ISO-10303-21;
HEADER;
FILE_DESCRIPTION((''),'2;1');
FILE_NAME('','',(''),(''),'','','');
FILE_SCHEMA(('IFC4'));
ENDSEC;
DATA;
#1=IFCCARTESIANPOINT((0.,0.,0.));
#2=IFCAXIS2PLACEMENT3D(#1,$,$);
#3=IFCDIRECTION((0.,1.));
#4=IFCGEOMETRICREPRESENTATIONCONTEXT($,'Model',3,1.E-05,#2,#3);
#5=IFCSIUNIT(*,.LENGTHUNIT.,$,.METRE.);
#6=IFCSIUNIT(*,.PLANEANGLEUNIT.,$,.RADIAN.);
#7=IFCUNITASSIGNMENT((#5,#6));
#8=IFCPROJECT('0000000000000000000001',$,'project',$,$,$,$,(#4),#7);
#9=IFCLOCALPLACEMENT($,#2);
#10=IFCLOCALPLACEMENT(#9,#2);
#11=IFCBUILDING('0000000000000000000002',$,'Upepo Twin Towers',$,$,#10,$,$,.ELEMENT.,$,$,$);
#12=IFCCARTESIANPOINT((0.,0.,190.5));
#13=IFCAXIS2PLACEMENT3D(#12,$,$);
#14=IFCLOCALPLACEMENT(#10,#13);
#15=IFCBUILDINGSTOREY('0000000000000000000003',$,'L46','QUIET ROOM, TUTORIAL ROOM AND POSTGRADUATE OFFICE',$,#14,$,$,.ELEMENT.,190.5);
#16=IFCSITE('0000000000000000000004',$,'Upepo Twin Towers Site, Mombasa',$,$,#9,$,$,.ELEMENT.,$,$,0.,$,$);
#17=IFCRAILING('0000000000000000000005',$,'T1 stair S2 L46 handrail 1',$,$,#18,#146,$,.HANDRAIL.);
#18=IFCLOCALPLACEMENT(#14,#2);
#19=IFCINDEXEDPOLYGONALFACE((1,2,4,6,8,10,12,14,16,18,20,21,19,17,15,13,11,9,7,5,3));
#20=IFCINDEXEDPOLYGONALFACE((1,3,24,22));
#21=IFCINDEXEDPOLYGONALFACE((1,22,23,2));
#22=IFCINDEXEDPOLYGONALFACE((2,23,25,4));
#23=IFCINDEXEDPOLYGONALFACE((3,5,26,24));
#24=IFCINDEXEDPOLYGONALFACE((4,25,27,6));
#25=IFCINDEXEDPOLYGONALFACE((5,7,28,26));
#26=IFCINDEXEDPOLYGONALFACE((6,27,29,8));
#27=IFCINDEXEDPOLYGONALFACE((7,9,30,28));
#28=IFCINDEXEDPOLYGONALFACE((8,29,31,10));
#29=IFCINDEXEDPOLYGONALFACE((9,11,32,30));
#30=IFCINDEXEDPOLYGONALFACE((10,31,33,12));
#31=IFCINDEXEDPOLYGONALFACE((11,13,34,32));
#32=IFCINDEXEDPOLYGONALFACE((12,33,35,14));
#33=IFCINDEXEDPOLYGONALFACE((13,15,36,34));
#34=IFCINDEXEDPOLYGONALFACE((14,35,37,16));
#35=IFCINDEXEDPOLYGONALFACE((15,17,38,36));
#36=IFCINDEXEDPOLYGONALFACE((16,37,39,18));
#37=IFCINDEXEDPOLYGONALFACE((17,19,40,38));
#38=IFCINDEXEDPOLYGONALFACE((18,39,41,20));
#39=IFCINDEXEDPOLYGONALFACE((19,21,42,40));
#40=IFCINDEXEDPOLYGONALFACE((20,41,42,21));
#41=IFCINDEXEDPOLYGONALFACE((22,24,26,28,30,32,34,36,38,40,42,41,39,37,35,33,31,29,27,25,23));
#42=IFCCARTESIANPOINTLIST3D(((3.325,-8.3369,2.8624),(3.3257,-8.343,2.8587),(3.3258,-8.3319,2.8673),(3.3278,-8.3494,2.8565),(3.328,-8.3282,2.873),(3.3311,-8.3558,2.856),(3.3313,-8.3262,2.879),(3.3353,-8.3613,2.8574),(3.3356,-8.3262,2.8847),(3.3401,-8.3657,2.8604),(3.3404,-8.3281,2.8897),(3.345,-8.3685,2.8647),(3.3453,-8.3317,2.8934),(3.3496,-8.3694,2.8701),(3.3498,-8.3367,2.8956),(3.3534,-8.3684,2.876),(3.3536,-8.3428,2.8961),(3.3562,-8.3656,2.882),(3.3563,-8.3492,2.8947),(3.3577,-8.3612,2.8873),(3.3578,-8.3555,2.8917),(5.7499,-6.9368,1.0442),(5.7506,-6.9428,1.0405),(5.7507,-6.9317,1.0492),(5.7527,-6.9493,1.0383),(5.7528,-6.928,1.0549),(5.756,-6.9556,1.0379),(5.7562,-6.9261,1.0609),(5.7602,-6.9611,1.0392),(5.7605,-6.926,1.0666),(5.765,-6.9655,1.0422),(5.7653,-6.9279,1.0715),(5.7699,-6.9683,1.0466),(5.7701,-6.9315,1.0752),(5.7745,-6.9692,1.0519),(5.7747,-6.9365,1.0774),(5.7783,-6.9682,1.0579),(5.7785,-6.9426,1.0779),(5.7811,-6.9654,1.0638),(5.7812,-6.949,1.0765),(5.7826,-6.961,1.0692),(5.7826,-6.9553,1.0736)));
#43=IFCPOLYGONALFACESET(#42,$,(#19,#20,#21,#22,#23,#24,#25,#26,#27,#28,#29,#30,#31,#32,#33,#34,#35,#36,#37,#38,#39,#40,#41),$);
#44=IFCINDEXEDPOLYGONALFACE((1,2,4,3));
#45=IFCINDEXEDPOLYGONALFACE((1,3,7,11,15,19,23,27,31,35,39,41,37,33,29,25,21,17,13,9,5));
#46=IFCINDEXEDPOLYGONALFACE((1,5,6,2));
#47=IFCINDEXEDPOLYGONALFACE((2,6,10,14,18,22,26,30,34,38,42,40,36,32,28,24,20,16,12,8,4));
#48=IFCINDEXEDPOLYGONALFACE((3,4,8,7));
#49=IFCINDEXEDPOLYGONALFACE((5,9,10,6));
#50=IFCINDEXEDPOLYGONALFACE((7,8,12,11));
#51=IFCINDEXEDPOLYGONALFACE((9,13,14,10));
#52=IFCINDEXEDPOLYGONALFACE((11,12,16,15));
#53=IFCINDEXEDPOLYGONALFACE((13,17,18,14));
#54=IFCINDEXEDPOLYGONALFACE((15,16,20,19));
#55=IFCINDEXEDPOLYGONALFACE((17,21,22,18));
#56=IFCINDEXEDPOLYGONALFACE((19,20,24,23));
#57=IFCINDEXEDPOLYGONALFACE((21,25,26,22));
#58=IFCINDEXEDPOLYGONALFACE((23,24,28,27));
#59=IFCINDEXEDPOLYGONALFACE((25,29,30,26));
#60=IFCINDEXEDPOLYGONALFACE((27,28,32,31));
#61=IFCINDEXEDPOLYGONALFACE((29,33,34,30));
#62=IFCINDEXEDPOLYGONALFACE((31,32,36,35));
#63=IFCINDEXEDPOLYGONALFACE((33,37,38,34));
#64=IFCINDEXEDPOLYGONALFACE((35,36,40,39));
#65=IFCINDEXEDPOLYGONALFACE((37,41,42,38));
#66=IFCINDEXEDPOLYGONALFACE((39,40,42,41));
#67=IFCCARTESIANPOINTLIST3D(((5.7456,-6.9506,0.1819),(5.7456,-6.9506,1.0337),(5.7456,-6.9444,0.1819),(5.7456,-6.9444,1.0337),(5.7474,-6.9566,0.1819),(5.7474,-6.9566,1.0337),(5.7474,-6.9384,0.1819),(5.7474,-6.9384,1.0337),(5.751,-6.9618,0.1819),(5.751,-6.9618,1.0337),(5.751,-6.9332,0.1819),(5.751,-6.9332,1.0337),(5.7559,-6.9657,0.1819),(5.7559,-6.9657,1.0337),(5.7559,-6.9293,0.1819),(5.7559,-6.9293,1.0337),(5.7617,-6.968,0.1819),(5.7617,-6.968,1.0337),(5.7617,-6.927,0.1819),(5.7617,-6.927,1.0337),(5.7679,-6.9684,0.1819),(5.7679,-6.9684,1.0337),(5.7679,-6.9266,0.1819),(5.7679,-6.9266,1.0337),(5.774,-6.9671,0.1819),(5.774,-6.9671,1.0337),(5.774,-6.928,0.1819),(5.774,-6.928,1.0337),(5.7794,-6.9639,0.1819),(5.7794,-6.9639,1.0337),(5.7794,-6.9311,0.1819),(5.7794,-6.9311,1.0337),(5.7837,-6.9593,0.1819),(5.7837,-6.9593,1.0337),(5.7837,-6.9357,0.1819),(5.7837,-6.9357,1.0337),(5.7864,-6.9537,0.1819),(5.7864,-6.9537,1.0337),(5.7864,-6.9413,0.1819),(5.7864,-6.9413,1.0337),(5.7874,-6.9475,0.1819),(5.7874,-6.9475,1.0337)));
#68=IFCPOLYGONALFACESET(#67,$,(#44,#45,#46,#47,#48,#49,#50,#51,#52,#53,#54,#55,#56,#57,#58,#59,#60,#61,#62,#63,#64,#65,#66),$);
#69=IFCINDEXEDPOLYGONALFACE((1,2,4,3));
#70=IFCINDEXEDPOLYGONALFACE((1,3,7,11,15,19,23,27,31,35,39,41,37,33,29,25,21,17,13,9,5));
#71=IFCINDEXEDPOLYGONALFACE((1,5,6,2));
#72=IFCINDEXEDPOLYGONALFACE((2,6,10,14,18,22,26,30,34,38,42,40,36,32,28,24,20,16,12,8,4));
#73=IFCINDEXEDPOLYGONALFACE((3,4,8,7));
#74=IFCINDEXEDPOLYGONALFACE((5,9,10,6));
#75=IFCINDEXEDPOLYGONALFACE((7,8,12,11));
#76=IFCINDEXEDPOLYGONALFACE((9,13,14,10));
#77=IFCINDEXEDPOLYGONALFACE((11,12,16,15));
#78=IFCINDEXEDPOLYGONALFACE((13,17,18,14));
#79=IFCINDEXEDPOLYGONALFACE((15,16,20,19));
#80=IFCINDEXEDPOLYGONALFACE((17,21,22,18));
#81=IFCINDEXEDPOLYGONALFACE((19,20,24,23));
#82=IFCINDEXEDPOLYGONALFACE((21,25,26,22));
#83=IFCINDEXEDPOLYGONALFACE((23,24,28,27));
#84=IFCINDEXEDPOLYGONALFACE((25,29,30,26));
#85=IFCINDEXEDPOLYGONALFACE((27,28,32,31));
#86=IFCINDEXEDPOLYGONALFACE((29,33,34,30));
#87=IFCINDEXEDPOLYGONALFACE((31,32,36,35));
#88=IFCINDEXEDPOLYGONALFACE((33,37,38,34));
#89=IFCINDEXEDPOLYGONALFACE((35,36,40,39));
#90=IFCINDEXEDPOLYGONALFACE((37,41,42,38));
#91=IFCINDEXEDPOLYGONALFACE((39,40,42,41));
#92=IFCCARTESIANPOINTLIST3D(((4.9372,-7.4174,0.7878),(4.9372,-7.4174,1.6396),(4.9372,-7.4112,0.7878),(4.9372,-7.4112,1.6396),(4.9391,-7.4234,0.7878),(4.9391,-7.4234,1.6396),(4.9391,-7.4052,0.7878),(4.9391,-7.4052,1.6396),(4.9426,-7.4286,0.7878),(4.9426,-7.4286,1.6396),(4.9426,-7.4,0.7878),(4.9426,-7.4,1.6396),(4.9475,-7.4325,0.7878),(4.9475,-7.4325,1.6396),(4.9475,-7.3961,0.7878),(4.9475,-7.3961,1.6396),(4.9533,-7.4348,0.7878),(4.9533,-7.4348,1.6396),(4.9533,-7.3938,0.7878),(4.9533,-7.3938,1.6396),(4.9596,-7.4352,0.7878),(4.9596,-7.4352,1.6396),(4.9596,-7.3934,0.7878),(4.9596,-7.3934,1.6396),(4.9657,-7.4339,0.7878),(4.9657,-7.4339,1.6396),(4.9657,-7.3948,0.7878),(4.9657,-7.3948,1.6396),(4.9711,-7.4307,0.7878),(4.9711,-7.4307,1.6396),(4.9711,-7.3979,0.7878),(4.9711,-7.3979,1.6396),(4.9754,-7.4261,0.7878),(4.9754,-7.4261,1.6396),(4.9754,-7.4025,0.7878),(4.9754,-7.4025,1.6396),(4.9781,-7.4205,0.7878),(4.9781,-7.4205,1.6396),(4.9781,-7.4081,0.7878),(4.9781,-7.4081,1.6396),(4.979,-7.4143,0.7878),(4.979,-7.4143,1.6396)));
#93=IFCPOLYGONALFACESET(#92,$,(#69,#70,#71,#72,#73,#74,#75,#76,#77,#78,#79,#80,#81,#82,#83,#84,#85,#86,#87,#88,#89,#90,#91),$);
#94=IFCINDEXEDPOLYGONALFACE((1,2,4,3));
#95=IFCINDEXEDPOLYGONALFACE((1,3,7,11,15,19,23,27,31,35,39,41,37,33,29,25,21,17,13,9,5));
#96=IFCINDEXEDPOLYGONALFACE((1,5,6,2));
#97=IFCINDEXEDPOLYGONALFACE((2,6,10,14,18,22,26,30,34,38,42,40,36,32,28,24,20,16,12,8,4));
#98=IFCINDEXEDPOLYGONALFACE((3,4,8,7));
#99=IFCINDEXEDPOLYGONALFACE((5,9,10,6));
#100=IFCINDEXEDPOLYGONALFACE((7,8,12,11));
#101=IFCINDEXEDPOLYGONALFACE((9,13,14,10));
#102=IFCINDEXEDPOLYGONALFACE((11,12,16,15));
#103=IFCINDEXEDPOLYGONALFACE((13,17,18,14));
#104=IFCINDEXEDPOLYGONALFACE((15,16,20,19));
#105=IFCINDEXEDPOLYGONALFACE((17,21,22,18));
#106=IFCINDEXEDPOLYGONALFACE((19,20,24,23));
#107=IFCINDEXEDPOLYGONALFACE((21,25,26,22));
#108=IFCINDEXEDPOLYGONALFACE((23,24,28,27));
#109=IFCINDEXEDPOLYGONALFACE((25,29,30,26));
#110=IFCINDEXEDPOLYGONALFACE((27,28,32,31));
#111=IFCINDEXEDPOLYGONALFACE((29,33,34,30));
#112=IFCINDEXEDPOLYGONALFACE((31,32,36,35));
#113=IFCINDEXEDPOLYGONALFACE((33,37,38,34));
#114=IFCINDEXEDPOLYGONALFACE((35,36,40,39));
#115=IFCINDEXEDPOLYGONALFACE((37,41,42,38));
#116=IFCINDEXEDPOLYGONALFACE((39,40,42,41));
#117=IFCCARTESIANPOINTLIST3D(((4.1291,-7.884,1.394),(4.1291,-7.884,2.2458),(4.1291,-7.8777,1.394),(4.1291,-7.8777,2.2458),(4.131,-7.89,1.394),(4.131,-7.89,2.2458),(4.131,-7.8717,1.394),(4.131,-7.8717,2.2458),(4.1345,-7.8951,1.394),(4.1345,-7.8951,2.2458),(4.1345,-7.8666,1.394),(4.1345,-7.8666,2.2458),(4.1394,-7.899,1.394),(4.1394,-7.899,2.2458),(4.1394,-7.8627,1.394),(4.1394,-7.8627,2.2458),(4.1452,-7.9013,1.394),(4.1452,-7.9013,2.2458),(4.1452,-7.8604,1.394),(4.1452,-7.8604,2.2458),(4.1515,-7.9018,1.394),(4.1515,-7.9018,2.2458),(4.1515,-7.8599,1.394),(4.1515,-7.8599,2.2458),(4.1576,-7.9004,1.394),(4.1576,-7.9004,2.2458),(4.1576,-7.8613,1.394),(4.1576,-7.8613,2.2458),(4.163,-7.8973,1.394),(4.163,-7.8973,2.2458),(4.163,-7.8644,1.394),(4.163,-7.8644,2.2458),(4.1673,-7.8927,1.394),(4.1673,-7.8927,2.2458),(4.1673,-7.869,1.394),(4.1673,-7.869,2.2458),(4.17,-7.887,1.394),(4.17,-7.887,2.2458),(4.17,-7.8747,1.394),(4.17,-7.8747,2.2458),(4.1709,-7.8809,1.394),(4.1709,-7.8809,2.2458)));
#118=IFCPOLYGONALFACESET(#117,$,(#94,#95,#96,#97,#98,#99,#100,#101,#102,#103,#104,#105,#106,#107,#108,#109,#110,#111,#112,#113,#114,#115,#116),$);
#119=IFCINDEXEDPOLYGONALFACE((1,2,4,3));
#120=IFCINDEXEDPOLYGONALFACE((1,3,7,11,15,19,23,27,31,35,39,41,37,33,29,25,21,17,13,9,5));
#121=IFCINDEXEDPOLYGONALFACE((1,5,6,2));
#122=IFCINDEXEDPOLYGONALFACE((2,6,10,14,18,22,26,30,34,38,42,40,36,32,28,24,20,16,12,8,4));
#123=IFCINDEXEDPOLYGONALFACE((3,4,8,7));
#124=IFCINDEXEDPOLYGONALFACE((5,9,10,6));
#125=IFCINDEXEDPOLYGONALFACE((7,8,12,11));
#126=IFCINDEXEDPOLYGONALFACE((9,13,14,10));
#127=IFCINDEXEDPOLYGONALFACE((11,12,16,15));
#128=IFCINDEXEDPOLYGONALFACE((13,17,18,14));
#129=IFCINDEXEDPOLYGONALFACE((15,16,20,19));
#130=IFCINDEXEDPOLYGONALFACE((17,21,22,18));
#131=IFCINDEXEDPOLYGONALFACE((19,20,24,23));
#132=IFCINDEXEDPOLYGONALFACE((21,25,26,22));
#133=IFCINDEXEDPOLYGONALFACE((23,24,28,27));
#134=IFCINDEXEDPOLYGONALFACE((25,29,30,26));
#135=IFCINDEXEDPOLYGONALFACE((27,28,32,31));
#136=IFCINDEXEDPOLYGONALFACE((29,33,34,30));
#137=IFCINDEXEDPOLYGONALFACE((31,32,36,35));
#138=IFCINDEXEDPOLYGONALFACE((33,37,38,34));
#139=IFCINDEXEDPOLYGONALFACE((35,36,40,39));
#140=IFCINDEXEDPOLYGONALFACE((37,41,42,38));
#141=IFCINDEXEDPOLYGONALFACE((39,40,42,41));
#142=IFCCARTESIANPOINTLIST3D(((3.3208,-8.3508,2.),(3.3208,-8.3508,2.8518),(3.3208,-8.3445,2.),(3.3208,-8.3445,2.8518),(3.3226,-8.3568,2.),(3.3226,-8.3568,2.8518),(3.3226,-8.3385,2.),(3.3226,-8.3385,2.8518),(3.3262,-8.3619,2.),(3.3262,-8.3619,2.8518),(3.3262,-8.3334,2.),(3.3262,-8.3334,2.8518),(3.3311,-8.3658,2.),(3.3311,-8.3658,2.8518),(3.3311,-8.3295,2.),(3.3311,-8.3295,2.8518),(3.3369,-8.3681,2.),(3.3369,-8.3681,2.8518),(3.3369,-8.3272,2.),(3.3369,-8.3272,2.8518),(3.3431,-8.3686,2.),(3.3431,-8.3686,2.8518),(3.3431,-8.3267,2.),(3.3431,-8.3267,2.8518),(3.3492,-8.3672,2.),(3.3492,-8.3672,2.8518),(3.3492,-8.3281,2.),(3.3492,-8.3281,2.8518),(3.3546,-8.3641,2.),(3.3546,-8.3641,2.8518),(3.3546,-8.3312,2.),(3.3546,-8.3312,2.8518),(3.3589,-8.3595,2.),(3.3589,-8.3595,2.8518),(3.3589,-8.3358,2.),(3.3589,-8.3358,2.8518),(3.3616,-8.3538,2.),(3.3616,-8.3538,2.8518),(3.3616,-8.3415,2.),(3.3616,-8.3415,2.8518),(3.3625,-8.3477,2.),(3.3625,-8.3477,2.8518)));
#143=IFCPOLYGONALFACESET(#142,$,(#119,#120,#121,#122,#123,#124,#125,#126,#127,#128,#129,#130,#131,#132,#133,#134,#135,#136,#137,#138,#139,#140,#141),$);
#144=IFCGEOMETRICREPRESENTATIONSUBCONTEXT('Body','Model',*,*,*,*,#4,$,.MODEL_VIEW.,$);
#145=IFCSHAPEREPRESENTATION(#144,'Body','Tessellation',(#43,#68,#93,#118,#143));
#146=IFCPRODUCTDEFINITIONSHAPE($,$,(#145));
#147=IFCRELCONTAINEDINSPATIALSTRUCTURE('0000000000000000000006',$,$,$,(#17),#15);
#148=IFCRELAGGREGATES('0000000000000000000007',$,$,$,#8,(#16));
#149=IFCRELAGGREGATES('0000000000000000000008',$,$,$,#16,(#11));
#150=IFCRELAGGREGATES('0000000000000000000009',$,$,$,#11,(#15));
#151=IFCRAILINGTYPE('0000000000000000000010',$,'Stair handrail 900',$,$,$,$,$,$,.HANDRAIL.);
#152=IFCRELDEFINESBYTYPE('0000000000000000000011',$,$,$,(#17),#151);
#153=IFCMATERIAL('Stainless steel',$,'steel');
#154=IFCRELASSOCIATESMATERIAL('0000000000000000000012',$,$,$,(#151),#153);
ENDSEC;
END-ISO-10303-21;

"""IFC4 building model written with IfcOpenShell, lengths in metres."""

from ifc_helpers import new_model, si_unit, direction, frame, origin, origin_2d, place, context, subcontext, project, spatial, circle, extrude, material, type_object, element, save


model = new_model("IFC4")

# Units and contexts
model_context = context("Model", 3, precision=1e-05, world=origin(), true_north=direction((0.0, 1.0)))
body_context = subcontext(model_context, "Body", "Model", "MODEL_VIEW")
ifc_project = project(units=[si_unit("LENGTHUNIT", "METRE"), si_unit("PLANEANGLEUNIT", "RADIAN")], contexts=[model_context])

# Site, building, storey
site_placement = place(None, origin())
site = spatial("IfcSite", under=ifc_project, at=site_placement, Name="Upepo Twin Towers Site, Mombasa", CompositionType="ELEMENT", RefElevation=0.0)
building_placement = place(site_placement, origin())
building = spatial("IfcBuilding", under=site, at=building_placement, Name="Upepo Twin Towers", CompositionType="ELEMENT")
storey_placement = place(building_placement, frame((0.0, 0.0, 190.5)))
storey = spatial("IfcBuildingStorey", under=building, at=storey_placement, Name="L46", Description="QUIET ROOM, TUTORIAL ROOM AND POSTGRADUATE OFFICE", CompositionType="ELEMENT", Elevation=190.5)

# Railing
ifc_material_1 = material(Name="Stainless steel", Category="steel")
railing_type = type_object("IfcRailingType", Name="Stair handrail 900", PredefinedType="HANDRAIL", material=ifc_material_1)
railing_1_placement = place(storey_placement, frame((5.7664, -6.9475, 0.1819)))
element("IfcRailing", 1, at=railing_1_placement, inside=storey, type_object=railing_type, Name="T1 stair S2 L46 handrail 1", PredefinedType="HANDRAIL", context=body_context, shape_type="SweptSolid", body=[
    extrude(circle(Radius=0.0239, at=origin_2d()), frame((0.0, 0.0, 0.876), z_axis=(-0.726314, -0.419393, 0.544589), x_axis=(0.50005, -0.865997, 0.0)), (0.0, 0.0, 1.0), 3.3386),
    extrude(circle(Radius=0.021, at=origin_2d()), origin(), (0.0, 0.0, 1.0), 0.8518),
    extrude(circle(Radius=0.021, at=origin_2d()), frame((-0.8083, -0.4668, 0.606)), (0.0, 0.0, 1.0), 0.8518),
    extrude(circle(Radius=0.021, at=origin_2d()), frame((-1.6165, -0.9333, 1.2122)), (0.0, 0.0, 1.0), 0.8518),
    extrude(circle(Radius=0.021, at=origin_2d()), frame((-2.4248, -1.4001, 1.8181)), (0.0, 0.0, 1.0), 0.8518),
])

save(model, "model.ifc")
